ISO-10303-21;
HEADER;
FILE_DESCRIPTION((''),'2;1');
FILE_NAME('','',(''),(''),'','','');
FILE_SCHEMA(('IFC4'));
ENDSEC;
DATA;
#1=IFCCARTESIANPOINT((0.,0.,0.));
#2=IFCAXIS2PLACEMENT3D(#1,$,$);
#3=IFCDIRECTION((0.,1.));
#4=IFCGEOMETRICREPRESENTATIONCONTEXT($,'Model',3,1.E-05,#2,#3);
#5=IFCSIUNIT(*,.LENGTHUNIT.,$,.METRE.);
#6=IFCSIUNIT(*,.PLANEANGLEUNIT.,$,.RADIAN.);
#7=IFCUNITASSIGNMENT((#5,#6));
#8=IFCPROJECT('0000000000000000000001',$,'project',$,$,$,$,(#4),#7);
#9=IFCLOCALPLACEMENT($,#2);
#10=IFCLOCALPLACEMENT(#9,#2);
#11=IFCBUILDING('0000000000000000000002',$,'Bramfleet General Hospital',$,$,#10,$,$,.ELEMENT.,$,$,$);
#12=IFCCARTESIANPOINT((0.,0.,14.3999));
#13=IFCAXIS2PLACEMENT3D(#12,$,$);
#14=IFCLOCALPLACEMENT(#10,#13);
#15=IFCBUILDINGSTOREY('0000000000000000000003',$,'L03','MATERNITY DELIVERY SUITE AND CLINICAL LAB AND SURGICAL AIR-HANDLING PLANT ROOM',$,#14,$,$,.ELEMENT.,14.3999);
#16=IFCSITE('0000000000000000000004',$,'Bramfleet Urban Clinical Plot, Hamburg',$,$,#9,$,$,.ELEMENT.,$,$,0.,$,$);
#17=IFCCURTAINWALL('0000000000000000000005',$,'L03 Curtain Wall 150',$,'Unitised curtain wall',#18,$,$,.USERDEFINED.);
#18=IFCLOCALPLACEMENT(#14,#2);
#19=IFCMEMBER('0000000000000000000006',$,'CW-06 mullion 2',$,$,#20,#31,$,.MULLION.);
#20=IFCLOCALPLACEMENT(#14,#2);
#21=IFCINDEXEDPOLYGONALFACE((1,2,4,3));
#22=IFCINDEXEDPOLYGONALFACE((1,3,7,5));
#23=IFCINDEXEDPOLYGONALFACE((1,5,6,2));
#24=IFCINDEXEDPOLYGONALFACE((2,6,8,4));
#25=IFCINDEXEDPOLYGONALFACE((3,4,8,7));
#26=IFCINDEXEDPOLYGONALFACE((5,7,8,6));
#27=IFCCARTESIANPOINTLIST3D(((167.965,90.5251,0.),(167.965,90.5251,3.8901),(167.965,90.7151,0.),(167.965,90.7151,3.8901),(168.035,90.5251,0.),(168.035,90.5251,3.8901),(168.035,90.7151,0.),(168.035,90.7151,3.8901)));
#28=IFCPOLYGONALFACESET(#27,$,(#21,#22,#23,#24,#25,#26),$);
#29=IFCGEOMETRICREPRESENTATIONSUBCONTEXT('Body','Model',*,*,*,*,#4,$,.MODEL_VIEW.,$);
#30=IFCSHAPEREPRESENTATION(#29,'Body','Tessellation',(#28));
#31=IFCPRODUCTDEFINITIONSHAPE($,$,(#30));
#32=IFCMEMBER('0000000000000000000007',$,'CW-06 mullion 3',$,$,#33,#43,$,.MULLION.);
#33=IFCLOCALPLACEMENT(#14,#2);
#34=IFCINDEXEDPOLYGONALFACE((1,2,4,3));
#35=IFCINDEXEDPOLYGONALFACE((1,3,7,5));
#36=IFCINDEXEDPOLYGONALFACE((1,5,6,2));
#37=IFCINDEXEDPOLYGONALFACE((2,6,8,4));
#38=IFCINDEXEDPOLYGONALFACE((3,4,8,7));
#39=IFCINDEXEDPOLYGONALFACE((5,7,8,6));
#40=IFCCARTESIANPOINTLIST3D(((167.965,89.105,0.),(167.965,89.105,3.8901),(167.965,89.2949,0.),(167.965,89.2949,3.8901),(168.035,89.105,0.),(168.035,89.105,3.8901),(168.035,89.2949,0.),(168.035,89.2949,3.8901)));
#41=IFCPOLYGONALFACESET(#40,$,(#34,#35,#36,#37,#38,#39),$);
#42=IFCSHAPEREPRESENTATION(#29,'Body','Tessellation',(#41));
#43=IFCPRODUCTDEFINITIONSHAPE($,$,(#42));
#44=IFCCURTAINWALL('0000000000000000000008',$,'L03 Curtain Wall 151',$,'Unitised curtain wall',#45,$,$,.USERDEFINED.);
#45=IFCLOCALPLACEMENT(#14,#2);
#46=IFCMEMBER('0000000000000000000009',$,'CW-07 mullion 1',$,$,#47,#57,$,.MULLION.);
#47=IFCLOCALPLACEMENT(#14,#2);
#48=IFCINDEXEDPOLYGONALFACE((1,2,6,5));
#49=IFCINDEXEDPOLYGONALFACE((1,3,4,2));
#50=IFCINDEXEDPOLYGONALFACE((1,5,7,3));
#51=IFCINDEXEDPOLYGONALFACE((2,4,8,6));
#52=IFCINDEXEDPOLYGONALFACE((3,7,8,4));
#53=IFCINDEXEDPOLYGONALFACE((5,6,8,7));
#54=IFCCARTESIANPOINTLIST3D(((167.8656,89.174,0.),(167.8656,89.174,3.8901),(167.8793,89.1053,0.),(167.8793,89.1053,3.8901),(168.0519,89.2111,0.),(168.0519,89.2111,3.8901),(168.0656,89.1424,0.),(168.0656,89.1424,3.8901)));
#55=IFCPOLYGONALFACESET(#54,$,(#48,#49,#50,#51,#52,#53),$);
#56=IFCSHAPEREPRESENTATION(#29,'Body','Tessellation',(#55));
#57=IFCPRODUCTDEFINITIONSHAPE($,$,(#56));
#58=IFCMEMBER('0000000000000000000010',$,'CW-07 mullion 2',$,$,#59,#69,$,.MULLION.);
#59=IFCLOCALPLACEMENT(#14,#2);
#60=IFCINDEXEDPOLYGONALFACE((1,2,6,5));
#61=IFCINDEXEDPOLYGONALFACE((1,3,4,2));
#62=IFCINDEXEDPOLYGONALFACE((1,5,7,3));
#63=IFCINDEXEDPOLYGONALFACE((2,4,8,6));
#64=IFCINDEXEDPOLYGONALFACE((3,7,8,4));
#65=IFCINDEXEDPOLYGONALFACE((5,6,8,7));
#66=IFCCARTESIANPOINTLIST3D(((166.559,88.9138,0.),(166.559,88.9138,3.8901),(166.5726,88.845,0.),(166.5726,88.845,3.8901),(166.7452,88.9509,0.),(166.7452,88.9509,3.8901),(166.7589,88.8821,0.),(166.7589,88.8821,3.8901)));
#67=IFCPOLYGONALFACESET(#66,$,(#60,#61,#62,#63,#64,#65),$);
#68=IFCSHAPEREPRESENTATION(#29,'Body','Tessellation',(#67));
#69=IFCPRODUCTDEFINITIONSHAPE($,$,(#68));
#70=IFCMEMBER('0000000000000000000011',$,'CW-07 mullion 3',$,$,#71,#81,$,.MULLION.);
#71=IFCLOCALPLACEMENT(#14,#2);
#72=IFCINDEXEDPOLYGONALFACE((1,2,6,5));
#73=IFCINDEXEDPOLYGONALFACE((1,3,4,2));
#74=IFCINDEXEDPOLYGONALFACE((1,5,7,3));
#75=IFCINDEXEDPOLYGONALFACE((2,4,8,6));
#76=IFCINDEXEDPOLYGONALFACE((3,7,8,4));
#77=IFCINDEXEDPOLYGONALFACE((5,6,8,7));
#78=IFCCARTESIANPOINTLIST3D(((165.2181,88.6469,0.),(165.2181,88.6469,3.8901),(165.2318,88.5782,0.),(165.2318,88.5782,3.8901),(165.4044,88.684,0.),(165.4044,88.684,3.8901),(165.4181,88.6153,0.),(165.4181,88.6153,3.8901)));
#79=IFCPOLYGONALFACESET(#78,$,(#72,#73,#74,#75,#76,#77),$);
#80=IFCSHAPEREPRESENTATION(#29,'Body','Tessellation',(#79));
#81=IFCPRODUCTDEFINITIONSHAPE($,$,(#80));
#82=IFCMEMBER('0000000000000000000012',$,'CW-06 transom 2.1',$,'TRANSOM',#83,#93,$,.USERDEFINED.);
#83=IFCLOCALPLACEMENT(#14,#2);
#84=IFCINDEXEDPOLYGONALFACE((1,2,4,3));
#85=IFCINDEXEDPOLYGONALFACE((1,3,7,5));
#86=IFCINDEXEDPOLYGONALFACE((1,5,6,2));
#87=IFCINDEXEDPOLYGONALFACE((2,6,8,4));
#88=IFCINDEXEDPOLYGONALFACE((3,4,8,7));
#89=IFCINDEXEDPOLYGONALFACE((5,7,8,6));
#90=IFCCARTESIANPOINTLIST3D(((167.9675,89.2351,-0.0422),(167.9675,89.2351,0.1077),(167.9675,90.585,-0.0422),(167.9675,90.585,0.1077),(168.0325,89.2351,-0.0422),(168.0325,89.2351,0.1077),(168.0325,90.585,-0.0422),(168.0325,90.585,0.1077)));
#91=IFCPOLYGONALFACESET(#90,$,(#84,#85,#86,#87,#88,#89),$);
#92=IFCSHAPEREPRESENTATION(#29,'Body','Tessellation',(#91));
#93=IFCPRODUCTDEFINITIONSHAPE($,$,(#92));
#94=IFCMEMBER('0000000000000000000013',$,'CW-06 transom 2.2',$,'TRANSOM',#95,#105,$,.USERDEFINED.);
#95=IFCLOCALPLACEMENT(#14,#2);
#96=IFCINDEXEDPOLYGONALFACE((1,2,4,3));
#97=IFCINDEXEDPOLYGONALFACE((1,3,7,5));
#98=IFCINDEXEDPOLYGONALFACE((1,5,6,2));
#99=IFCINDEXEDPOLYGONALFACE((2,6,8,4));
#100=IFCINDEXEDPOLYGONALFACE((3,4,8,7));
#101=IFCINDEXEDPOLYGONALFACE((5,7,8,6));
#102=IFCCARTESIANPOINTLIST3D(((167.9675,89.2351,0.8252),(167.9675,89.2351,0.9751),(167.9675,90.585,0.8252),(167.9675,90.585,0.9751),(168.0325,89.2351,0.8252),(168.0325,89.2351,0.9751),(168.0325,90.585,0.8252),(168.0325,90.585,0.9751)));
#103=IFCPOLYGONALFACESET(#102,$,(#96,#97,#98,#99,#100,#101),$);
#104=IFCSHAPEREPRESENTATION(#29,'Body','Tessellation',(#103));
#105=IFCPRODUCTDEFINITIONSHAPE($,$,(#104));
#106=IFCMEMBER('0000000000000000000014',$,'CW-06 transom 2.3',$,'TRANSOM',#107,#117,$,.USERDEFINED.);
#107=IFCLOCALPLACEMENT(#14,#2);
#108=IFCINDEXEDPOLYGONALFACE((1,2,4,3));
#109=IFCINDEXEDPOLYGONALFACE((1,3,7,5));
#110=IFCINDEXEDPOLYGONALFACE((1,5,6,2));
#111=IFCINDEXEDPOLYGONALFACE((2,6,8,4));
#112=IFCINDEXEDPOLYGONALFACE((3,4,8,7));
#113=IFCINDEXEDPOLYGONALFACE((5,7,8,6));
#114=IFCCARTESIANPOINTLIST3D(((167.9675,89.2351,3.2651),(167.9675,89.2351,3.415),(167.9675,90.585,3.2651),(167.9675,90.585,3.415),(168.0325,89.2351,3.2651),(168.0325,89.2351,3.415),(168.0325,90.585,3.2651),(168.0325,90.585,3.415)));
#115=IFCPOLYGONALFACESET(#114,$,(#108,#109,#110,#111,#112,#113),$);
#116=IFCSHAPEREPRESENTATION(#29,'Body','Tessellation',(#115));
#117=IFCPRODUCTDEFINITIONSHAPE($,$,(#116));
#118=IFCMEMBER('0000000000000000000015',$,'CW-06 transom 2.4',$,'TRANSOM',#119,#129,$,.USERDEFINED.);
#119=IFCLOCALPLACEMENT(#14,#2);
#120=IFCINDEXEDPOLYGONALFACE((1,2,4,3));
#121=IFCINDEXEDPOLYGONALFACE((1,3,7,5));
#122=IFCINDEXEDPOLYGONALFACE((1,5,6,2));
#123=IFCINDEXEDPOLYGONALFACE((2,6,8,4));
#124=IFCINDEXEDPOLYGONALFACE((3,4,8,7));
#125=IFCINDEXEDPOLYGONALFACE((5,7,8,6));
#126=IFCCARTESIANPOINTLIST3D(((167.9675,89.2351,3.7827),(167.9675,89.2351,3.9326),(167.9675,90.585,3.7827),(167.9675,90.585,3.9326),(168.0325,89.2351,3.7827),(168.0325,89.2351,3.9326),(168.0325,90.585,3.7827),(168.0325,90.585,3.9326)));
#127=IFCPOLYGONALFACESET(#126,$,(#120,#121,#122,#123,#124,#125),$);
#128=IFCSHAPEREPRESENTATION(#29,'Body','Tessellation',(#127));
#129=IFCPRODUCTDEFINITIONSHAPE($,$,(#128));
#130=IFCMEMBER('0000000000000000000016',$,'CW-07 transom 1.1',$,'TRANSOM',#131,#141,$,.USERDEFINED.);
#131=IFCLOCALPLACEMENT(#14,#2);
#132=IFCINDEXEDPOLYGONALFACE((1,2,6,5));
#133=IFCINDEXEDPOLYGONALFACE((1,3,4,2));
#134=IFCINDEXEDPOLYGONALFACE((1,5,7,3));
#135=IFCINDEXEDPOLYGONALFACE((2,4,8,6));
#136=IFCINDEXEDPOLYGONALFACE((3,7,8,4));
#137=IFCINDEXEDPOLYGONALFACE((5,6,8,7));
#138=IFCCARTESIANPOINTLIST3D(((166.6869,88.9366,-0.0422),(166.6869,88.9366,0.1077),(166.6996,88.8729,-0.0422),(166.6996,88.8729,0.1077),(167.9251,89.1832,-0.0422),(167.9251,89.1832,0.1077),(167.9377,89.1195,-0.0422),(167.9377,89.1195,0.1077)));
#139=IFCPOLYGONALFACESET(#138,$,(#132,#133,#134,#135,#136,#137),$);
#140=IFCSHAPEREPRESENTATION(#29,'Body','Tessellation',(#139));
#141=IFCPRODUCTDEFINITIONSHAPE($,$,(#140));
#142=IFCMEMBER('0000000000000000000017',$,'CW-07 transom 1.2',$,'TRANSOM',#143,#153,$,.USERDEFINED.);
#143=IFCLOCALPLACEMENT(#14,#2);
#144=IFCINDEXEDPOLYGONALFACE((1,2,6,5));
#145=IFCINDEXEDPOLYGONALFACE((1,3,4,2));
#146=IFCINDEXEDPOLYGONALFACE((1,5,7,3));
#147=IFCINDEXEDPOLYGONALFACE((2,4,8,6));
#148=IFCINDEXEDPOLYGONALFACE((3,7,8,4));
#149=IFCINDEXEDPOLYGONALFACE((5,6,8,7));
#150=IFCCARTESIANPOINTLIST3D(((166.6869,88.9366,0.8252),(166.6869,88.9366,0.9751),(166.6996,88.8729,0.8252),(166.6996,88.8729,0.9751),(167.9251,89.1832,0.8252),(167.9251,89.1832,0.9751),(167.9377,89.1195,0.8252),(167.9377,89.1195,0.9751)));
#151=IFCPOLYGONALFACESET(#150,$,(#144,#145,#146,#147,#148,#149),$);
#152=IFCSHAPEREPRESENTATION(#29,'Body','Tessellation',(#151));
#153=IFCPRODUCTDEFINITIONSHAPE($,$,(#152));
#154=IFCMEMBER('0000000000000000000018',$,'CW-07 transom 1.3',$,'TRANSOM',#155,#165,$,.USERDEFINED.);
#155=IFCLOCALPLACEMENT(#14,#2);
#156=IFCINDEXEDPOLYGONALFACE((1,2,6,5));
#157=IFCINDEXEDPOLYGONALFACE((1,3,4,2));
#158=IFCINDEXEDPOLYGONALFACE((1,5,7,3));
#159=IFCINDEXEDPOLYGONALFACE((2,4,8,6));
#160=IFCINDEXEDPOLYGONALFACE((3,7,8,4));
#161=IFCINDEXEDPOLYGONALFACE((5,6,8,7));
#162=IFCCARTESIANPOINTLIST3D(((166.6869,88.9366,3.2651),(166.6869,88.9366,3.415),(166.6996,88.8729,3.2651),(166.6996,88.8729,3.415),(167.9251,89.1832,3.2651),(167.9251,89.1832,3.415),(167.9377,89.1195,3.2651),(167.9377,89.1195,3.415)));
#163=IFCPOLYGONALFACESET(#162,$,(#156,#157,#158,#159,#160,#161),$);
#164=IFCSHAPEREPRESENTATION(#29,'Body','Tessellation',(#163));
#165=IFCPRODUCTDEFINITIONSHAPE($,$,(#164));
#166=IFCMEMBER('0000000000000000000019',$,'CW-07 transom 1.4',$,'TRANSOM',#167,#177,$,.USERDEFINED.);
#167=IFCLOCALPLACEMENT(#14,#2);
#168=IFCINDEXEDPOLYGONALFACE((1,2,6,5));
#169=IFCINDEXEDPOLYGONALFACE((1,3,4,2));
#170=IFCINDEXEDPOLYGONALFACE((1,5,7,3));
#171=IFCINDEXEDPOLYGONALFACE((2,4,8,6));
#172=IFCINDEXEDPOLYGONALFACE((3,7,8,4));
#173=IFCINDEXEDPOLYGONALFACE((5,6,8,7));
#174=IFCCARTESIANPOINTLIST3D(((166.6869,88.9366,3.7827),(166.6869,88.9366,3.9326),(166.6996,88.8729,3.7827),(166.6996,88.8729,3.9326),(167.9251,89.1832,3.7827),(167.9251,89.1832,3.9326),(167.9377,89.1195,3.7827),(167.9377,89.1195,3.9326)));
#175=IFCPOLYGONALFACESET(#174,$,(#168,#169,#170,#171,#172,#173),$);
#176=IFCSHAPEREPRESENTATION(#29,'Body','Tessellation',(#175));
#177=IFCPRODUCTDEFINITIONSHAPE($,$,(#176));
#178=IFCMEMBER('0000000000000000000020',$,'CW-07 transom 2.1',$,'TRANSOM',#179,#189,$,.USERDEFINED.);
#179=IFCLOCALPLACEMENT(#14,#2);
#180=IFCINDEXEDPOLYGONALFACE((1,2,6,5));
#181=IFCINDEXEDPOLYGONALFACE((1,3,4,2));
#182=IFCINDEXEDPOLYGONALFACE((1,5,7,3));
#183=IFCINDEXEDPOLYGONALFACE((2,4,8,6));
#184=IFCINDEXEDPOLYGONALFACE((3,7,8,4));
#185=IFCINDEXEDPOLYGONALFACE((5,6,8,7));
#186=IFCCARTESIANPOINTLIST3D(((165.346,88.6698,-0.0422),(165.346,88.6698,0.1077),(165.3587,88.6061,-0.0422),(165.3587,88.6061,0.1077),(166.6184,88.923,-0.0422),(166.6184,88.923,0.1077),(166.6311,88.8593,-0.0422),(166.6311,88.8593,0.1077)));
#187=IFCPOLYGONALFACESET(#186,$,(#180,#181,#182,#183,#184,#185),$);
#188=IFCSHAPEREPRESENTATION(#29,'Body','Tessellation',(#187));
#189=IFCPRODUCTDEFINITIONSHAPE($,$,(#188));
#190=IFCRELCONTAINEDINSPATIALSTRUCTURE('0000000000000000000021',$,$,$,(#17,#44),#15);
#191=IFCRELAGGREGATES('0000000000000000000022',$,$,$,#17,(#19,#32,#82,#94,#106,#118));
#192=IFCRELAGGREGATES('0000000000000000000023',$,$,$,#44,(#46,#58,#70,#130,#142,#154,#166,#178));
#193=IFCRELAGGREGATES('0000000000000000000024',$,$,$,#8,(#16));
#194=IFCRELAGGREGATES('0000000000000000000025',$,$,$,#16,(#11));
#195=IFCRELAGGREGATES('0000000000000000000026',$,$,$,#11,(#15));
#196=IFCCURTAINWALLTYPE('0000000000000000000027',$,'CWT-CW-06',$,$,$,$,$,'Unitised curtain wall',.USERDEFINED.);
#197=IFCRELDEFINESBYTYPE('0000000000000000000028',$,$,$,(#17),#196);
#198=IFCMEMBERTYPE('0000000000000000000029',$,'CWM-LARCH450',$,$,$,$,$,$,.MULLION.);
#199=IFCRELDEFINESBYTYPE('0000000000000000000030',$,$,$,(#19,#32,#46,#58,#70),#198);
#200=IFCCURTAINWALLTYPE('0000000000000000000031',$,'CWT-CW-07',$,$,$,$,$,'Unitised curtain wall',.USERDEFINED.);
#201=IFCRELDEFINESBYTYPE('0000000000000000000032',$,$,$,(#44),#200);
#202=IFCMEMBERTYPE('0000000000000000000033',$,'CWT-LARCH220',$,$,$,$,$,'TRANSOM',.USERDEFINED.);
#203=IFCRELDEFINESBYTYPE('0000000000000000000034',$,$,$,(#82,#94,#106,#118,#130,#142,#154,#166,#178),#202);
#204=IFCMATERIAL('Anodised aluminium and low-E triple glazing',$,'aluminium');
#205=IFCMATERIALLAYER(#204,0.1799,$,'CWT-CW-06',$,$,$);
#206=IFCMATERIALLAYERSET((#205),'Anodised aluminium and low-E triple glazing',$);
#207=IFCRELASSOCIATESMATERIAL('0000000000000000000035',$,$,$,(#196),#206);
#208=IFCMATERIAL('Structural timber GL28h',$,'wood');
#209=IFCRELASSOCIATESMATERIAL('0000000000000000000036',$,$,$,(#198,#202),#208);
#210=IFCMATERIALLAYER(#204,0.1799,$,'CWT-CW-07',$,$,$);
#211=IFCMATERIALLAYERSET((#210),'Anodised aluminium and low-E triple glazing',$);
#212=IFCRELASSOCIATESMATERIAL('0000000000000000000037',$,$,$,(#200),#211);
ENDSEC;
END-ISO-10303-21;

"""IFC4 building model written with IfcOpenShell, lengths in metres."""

from ifc_helpers import new_model, si_unit, direction, frame, origin, origin_2d, place, context, subcontext, project, spatial, rectangle, extrude, material, layer, layer_set, material_profile, profile_set, type_object, element, aggregate, save


model = new_model("IFC4")

# Units and contexts
model_context = context("Model", 3, precision=1e-05, world=origin(), true_north=direction((0.0, 1.0)))
body_context = subcontext(model_context, "Body", "Model", "MODEL_VIEW")
ifc_project = project(units=[si_unit("LENGTHUNIT", "METRE"), si_unit("PLANEANGLEUNIT", "RADIAN")], contexts=[model_context])

# Site, building, storey
site_placement = place(None, origin())
site = spatial("IfcSite", under=ifc_project, at=site_placement, Name="Bramfleet Urban Clinical Plot, Hamburg", CompositionType="ELEMENT", RefElevation=0.0)
building_placement = place(site_placement, origin())
building = spatial("IfcBuilding", under=site, at=building_placement, Name="Bramfleet General Hospital", CompositionType="ELEMENT")
storey_placement = place(building_placement, frame((0.0, 0.0, 14.3999)))
storey = spatial("IfcBuildingStorey", under=building, at=storey_placement, Name="L03", Description="MATERNITY DELIVERY SUITE AND CLINICAL LAB AND SURGICAL AIR-HANDLING PLANT ROOM", CompositionType="ELEMENT", Elevation=14.3999)

# Curtain walls, members
ifc_material_1 = material(Name="Anodised aluminium and low-E triple glazing", Category="aluminium")
ifc_layer_1 = layer(ifc_material_1, 0.1799, Name="CWT-CW-06")
ifc_layer_set_1 = layer_set([ifc_layer_1], Name="Anodised aluminium and low-E triple glazing")
curtain_wall_type_1 = type_object("IfcCurtainWallType", Name="CWT-CW-06", ElementType="Unitised curtain wall", PredefinedType="USERDEFINED", material=ifc_layer_set_1)
curtain_wall_1_placement = place(storey_placement, origin())
curtain_wall_1 = element("IfcCurtainWall", 1, at=curtain_wall_1_placement, inside=storey, type_object=curtain_wall_type_1, Name="L03 Curtain Wall 150", ObjectType="Unitised curtain wall", PredefinedType="USERDEFINED")
ifc_material_2 = material(Name="Structural timber GL28h", Category="wood")
ifc_material_profile_1 = material_profile(ifc_material_2, rectangle(XDim=0.0701, YDim=0.1899, at=origin_2d()), Name="LARCH 190x70")
ifc_profile_set_1 = profile_set([ifc_material_profile_1], Name="Structural timber GL28h")
member_type_1 = type_object("IfcMemberType", Name="CWM-LARCH450", PredefinedType="MULLION", material=ifc_profile_set_1)
member_1_placement = place(storey_placement, frame((168.0, 90.6201, 0.0), z_axis=(0.0, 0.0, 1.0), x_axis=(1.0, 0.0, 0.0)))
member_1 = element("IfcMember", 2, at=member_1_placement, type_object=member_type_1, Name="CW-06 mullion 2", PredefinedType="MULLION", context=body_context, shape_type="SweptSolid", body=[
    extrude(rectangle(XDim=0.0701, YDim=0.1899, at=origin_2d()), origin(), (0.0, 0.0, 1.0), 3.8901),
])
member_2_placement = place(storey_placement, frame((168.0, 89.2, 0.0), z_axis=(0.0, 0.0, 1.0), x_axis=(1.0, 0.0, 0.0)))
member_2 = element("IfcMember", 3, at=member_2_placement, type_object=member_type_1, Name="CW-06 mullion 3", PredefinedType="MULLION", context=body_context, shape_type="SweptSolid", body=[
    extrude(rectangle(XDim=0.0701, YDim=0.1899, at=origin_2d()), origin(), (0.0, 0.0, 1.0), 3.8901),
])
ifc_layer_2 = layer(ifc_material_1, 0.1799, Name="CWT-CW-07")
ifc_layer_set_2 = layer_set([ifc_layer_2], Name="Anodised aluminium and low-E triple glazing")
curtain_wall_type_2 = type_object("IfcCurtainWallType", Name="CWT-CW-07", ElementType="Unitised curtain wall", PredefinedType="USERDEFINED", material=ifc_layer_set_2)
curtain_wall_2_placement = place(storey_placement, origin())
curtain_wall_2 = element("IfcCurtainWall", 4, at=curtain_wall_2_placement, inside=storey, type_object=curtain_wall_type_2, Name="L03 Curtain Wall 151", ObjectType="Unitised curtain wall", PredefinedType="USERDEFINED")
member_3_placement = place(storey_placement, frame((167.9656, 89.1582, 0.0), z_axis=(0.0, 0.0, 1.0), x_axis=(0.195272, -0.980749, 0.0)))
member_3 = element("IfcMember", 5, at=member_3_placement, type_object=member_type_1, Name="CW-07 mullion 1", PredefinedType="MULLION", context=body_context, shape_type="SweptSolid", body=[
    extrude(rectangle(XDim=0.0701, YDim=0.1899, at=origin_2d()), origin(), (0.0, 0.0, 1.0), 3.8901),
])
member_4_placement = place(storey_placement, frame((166.6589, 88.8979, 0.0), z_axis=(0.0, 0.0, 1.0), x_axis=(0.195272, -0.980749, 0.0)))
member_4 = element("IfcMember", 6, at=member_4_placement, type_object=member_type_1, Name="CW-07 mullion 2", PredefinedType="MULLION", context=body_context, shape_type="SweptSolid", body=[
    extrude(rectangle(XDim=0.0701, YDim=0.1899, at=origin_2d()), origin(), (0.0, 0.0, 1.0), 3.8901),
])
member_5_placement = place(storey_placement, frame((165.3181, 88.6311, 0.0), z_axis=(0.0, 0.0, 1.0), x_axis=(0.195272, -0.980749, 0.0)))
member_5 = element("IfcMember", 7, at=member_5_placement, type_object=member_type_1, Name="CW-07 mullion 3", PredefinedType="MULLION", context=body_context, shape_type="SweptSolid", body=[
    extrude(rectangle(XDim=0.0701, YDim=0.1899, at=origin_2d()), origin(), (0.0, 0.0, 1.0), 3.8901),
])

# Members
ifc_material_profile_2 = material_profile(ifc_material_2, rectangle(XDim=0.0649, YDim=0.1499, at=origin_2d()), Name="LARCH 150x65")
ifc_profile_set_2 = profile_set([ifc_material_profile_2], Name="Structural timber GL28h")
member_type_2 = type_object("IfcMemberType", Name="CWT-LARCH220", ElementType="TRANSOM", PredefinedType="USERDEFINED", material=ifc_profile_set_2)
member_6_placement = place(storey_placement, frame((168.0, 90.585, 0.0327), z_axis=(0.0, -1.0, 0.0), x_axis=(1.0, 0.0, 0.0)))
member_6 = element("IfcMember", 8, at=member_6_placement, type_object=member_type_2, Name="CW-06 transom 2.1", ObjectType="TRANSOM", PredefinedType="USERDEFINED", context=body_context, shape_type="SweptSolid", body=[
    extrude(rectangle(XDim=0.0649, YDim=0.1499, at=origin_2d()), origin(), (0.0, 0.0, 1.0), 1.3499),
])
member_7_placement = place(storey_placement, frame((168.0, 90.585, 0.9001), z_axis=(0.0, -1.0, 0.0), x_axis=(1.0, 0.0, 0.0)))
member_7 = element("IfcMember", 9, at=member_7_placement, type_object=member_type_2, Name="CW-06 transom 2.2", ObjectType="TRANSOM", PredefinedType="USERDEFINED", context=body_context, shape_type="SweptSolid", body=[
    extrude(rectangle(XDim=0.0649, YDim=0.1499, at=origin_2d()), origin(), (0.0, 0.0, 1.0), 1.3499),
])
member_8_placement = place(storey_placement, frame((168.0, 90.585, 3.3401), z_axis=(0.0, -1.0, 0.0), x_axis=(1.0, 0.0, 0.0)))
member_8 = element("IfcMember", 10, at=member_8_placement, type_object=member_type_2, Name="CW-06 transom 2.3", ObjectType="TRANSOM", PredefinedType="USERDEFINED", context=body_context, shape_type="SweptSolid", body=[
    extrude(rectangle(XDim=0.0649, YDim=0.1499, at=origin_2d()), origin(), (0.0, 0.0, 1.0), 1.3499),
])
member_9_placement = place(storey_placement, frame((168.0, 90.585, 3.8577), z_axis=(0.0, -1.0, 0.0), x_axis=(1.0, 0.0, 0.0)))
member_9 = element("IfcMember", 11, at=member_9_placement, type_object=member_type_2, Name="CW-06 transom 2.4", ObjectType="TRANSOM", PredefinedType="USERDEFINED", context=body_context, shape_type="SweptSolid", body=[
    extrude(rectangle(XDim=0.0649, YDim=0.1499, at=origin_2d()), origin(), (0.0, 0.0, 1.0), 1.3499),
])
member_10_placement = place(storey_placement, frame((167.9314, 89.1514, 0.0327), z_axis=(-0.980737, -0.195335, 0.0), x_axis=(0.195335, -0.980737, 0.0)))
member_10 = element("IfcMember", 12, at=member_10_placement, type_object=member_type_2, Name="CW-07 transom 1.1", ObjectType="TRANSOM", PredefinedType="USERDEFINED", context=body_context, shape_type="SweptSolid", body=[
    extrude(rectangle(XDim=0.0649, YDim=0.1499, at=origin_2d()), origin(), (0.0, 0.0, 1.0), 1.2625),
])
member_11_placement = place(storey_placement, frame((167.9314, 89.1514, 0.9001), z_axis=(-0.980737, -0.195335, 0.0), x_axis=(0.195335, -0.980737, 0.0)))
member_11 = element("IfcMember", 13, at=member_11_placement, type_object=member_type_2, Name="CW-07 transom 1.2", ObjectType="TRANSOM", PredefinedType="USERDEFINED", context=body_context, shape_type="SweptSolid", body=[
    extrude(rectangle(XDim=0.0649, YDim=0.1499, at=origin_2d()), origin(), (0.0, 0.0, 1.0), 1.2625),
])
member_12_placement = place(storey_placement, frame((167.9314, 89.1514, 3.3401), z_axis=(-0.980737, -0.195335, 0.0), x_axis=(0.195335, -0.980737, 0.0)))
member_12 = element("IfcMember", 14, at=member_12_placement, type_object=member_type_2, Name="CW-07 transom 1.3", ObjectType="TRANSOM", PredefinedType="USERDEFINED", context=body_context, shape_type="SweptSolid", body=[
    extrude(rectangle(XDim=0.0649, YDim=0.1499, at=origin_2d()), origin(), (0.0, 0.0, 1.0), 1.2625),
])
member_13_placement = place(storey_placement, frame((167.9314, 89.1514, 3.8577), z_axis=(-0.980737, -0.195335, 0.0), x_axis=(0.195335, -0.980737, 0.0)))
member_13 = element("IfcMember", 15, at=member_13_placement, type_object=member_type_2, Name="CW-07 transom 1.4", ObjectType="TRANSOM", PredefinedType="USERDEFINED", context=body_context, shape_type="SweptSolid", body=[
    extrude(rectangle(XDim=0.0649, YDim=0.1499, at=origin_2d()), origin(), (0.0, 0.0, 1.0), 1.2625),
])
member_14_placement = place(storey_placement, frame((166.6248, 88.8911, 0.0327), z_axis=(-0.980776, -0.195139, 0.0), x_axis=(0.195139, -0.980776, 0.0)))
member_14 = element("IfcMember", 16, at=member_14_placement, type_object=member_type_2, Name="CW-07 transom 2.1", ObjectType="TRANSOM", PredefinedType="USERDEFINED", context=body_context, shape_type="SweptSolid", body=[
    extrude(rectangle(XDim=0.0649, YDim=0.1499, at=origin_2d()), origin(), (0.0, 0.0, 1.0), 1.2974),
])

aggregate(curtain_wall_1, [member_1, member_2, member_6, member_7, member_8, member_9])
aggregate(curtain_wall_2, [member_3, member_4, member_5, member_10, member_11, member_12, member_13, member_14])

save(model, "model.ifc")
